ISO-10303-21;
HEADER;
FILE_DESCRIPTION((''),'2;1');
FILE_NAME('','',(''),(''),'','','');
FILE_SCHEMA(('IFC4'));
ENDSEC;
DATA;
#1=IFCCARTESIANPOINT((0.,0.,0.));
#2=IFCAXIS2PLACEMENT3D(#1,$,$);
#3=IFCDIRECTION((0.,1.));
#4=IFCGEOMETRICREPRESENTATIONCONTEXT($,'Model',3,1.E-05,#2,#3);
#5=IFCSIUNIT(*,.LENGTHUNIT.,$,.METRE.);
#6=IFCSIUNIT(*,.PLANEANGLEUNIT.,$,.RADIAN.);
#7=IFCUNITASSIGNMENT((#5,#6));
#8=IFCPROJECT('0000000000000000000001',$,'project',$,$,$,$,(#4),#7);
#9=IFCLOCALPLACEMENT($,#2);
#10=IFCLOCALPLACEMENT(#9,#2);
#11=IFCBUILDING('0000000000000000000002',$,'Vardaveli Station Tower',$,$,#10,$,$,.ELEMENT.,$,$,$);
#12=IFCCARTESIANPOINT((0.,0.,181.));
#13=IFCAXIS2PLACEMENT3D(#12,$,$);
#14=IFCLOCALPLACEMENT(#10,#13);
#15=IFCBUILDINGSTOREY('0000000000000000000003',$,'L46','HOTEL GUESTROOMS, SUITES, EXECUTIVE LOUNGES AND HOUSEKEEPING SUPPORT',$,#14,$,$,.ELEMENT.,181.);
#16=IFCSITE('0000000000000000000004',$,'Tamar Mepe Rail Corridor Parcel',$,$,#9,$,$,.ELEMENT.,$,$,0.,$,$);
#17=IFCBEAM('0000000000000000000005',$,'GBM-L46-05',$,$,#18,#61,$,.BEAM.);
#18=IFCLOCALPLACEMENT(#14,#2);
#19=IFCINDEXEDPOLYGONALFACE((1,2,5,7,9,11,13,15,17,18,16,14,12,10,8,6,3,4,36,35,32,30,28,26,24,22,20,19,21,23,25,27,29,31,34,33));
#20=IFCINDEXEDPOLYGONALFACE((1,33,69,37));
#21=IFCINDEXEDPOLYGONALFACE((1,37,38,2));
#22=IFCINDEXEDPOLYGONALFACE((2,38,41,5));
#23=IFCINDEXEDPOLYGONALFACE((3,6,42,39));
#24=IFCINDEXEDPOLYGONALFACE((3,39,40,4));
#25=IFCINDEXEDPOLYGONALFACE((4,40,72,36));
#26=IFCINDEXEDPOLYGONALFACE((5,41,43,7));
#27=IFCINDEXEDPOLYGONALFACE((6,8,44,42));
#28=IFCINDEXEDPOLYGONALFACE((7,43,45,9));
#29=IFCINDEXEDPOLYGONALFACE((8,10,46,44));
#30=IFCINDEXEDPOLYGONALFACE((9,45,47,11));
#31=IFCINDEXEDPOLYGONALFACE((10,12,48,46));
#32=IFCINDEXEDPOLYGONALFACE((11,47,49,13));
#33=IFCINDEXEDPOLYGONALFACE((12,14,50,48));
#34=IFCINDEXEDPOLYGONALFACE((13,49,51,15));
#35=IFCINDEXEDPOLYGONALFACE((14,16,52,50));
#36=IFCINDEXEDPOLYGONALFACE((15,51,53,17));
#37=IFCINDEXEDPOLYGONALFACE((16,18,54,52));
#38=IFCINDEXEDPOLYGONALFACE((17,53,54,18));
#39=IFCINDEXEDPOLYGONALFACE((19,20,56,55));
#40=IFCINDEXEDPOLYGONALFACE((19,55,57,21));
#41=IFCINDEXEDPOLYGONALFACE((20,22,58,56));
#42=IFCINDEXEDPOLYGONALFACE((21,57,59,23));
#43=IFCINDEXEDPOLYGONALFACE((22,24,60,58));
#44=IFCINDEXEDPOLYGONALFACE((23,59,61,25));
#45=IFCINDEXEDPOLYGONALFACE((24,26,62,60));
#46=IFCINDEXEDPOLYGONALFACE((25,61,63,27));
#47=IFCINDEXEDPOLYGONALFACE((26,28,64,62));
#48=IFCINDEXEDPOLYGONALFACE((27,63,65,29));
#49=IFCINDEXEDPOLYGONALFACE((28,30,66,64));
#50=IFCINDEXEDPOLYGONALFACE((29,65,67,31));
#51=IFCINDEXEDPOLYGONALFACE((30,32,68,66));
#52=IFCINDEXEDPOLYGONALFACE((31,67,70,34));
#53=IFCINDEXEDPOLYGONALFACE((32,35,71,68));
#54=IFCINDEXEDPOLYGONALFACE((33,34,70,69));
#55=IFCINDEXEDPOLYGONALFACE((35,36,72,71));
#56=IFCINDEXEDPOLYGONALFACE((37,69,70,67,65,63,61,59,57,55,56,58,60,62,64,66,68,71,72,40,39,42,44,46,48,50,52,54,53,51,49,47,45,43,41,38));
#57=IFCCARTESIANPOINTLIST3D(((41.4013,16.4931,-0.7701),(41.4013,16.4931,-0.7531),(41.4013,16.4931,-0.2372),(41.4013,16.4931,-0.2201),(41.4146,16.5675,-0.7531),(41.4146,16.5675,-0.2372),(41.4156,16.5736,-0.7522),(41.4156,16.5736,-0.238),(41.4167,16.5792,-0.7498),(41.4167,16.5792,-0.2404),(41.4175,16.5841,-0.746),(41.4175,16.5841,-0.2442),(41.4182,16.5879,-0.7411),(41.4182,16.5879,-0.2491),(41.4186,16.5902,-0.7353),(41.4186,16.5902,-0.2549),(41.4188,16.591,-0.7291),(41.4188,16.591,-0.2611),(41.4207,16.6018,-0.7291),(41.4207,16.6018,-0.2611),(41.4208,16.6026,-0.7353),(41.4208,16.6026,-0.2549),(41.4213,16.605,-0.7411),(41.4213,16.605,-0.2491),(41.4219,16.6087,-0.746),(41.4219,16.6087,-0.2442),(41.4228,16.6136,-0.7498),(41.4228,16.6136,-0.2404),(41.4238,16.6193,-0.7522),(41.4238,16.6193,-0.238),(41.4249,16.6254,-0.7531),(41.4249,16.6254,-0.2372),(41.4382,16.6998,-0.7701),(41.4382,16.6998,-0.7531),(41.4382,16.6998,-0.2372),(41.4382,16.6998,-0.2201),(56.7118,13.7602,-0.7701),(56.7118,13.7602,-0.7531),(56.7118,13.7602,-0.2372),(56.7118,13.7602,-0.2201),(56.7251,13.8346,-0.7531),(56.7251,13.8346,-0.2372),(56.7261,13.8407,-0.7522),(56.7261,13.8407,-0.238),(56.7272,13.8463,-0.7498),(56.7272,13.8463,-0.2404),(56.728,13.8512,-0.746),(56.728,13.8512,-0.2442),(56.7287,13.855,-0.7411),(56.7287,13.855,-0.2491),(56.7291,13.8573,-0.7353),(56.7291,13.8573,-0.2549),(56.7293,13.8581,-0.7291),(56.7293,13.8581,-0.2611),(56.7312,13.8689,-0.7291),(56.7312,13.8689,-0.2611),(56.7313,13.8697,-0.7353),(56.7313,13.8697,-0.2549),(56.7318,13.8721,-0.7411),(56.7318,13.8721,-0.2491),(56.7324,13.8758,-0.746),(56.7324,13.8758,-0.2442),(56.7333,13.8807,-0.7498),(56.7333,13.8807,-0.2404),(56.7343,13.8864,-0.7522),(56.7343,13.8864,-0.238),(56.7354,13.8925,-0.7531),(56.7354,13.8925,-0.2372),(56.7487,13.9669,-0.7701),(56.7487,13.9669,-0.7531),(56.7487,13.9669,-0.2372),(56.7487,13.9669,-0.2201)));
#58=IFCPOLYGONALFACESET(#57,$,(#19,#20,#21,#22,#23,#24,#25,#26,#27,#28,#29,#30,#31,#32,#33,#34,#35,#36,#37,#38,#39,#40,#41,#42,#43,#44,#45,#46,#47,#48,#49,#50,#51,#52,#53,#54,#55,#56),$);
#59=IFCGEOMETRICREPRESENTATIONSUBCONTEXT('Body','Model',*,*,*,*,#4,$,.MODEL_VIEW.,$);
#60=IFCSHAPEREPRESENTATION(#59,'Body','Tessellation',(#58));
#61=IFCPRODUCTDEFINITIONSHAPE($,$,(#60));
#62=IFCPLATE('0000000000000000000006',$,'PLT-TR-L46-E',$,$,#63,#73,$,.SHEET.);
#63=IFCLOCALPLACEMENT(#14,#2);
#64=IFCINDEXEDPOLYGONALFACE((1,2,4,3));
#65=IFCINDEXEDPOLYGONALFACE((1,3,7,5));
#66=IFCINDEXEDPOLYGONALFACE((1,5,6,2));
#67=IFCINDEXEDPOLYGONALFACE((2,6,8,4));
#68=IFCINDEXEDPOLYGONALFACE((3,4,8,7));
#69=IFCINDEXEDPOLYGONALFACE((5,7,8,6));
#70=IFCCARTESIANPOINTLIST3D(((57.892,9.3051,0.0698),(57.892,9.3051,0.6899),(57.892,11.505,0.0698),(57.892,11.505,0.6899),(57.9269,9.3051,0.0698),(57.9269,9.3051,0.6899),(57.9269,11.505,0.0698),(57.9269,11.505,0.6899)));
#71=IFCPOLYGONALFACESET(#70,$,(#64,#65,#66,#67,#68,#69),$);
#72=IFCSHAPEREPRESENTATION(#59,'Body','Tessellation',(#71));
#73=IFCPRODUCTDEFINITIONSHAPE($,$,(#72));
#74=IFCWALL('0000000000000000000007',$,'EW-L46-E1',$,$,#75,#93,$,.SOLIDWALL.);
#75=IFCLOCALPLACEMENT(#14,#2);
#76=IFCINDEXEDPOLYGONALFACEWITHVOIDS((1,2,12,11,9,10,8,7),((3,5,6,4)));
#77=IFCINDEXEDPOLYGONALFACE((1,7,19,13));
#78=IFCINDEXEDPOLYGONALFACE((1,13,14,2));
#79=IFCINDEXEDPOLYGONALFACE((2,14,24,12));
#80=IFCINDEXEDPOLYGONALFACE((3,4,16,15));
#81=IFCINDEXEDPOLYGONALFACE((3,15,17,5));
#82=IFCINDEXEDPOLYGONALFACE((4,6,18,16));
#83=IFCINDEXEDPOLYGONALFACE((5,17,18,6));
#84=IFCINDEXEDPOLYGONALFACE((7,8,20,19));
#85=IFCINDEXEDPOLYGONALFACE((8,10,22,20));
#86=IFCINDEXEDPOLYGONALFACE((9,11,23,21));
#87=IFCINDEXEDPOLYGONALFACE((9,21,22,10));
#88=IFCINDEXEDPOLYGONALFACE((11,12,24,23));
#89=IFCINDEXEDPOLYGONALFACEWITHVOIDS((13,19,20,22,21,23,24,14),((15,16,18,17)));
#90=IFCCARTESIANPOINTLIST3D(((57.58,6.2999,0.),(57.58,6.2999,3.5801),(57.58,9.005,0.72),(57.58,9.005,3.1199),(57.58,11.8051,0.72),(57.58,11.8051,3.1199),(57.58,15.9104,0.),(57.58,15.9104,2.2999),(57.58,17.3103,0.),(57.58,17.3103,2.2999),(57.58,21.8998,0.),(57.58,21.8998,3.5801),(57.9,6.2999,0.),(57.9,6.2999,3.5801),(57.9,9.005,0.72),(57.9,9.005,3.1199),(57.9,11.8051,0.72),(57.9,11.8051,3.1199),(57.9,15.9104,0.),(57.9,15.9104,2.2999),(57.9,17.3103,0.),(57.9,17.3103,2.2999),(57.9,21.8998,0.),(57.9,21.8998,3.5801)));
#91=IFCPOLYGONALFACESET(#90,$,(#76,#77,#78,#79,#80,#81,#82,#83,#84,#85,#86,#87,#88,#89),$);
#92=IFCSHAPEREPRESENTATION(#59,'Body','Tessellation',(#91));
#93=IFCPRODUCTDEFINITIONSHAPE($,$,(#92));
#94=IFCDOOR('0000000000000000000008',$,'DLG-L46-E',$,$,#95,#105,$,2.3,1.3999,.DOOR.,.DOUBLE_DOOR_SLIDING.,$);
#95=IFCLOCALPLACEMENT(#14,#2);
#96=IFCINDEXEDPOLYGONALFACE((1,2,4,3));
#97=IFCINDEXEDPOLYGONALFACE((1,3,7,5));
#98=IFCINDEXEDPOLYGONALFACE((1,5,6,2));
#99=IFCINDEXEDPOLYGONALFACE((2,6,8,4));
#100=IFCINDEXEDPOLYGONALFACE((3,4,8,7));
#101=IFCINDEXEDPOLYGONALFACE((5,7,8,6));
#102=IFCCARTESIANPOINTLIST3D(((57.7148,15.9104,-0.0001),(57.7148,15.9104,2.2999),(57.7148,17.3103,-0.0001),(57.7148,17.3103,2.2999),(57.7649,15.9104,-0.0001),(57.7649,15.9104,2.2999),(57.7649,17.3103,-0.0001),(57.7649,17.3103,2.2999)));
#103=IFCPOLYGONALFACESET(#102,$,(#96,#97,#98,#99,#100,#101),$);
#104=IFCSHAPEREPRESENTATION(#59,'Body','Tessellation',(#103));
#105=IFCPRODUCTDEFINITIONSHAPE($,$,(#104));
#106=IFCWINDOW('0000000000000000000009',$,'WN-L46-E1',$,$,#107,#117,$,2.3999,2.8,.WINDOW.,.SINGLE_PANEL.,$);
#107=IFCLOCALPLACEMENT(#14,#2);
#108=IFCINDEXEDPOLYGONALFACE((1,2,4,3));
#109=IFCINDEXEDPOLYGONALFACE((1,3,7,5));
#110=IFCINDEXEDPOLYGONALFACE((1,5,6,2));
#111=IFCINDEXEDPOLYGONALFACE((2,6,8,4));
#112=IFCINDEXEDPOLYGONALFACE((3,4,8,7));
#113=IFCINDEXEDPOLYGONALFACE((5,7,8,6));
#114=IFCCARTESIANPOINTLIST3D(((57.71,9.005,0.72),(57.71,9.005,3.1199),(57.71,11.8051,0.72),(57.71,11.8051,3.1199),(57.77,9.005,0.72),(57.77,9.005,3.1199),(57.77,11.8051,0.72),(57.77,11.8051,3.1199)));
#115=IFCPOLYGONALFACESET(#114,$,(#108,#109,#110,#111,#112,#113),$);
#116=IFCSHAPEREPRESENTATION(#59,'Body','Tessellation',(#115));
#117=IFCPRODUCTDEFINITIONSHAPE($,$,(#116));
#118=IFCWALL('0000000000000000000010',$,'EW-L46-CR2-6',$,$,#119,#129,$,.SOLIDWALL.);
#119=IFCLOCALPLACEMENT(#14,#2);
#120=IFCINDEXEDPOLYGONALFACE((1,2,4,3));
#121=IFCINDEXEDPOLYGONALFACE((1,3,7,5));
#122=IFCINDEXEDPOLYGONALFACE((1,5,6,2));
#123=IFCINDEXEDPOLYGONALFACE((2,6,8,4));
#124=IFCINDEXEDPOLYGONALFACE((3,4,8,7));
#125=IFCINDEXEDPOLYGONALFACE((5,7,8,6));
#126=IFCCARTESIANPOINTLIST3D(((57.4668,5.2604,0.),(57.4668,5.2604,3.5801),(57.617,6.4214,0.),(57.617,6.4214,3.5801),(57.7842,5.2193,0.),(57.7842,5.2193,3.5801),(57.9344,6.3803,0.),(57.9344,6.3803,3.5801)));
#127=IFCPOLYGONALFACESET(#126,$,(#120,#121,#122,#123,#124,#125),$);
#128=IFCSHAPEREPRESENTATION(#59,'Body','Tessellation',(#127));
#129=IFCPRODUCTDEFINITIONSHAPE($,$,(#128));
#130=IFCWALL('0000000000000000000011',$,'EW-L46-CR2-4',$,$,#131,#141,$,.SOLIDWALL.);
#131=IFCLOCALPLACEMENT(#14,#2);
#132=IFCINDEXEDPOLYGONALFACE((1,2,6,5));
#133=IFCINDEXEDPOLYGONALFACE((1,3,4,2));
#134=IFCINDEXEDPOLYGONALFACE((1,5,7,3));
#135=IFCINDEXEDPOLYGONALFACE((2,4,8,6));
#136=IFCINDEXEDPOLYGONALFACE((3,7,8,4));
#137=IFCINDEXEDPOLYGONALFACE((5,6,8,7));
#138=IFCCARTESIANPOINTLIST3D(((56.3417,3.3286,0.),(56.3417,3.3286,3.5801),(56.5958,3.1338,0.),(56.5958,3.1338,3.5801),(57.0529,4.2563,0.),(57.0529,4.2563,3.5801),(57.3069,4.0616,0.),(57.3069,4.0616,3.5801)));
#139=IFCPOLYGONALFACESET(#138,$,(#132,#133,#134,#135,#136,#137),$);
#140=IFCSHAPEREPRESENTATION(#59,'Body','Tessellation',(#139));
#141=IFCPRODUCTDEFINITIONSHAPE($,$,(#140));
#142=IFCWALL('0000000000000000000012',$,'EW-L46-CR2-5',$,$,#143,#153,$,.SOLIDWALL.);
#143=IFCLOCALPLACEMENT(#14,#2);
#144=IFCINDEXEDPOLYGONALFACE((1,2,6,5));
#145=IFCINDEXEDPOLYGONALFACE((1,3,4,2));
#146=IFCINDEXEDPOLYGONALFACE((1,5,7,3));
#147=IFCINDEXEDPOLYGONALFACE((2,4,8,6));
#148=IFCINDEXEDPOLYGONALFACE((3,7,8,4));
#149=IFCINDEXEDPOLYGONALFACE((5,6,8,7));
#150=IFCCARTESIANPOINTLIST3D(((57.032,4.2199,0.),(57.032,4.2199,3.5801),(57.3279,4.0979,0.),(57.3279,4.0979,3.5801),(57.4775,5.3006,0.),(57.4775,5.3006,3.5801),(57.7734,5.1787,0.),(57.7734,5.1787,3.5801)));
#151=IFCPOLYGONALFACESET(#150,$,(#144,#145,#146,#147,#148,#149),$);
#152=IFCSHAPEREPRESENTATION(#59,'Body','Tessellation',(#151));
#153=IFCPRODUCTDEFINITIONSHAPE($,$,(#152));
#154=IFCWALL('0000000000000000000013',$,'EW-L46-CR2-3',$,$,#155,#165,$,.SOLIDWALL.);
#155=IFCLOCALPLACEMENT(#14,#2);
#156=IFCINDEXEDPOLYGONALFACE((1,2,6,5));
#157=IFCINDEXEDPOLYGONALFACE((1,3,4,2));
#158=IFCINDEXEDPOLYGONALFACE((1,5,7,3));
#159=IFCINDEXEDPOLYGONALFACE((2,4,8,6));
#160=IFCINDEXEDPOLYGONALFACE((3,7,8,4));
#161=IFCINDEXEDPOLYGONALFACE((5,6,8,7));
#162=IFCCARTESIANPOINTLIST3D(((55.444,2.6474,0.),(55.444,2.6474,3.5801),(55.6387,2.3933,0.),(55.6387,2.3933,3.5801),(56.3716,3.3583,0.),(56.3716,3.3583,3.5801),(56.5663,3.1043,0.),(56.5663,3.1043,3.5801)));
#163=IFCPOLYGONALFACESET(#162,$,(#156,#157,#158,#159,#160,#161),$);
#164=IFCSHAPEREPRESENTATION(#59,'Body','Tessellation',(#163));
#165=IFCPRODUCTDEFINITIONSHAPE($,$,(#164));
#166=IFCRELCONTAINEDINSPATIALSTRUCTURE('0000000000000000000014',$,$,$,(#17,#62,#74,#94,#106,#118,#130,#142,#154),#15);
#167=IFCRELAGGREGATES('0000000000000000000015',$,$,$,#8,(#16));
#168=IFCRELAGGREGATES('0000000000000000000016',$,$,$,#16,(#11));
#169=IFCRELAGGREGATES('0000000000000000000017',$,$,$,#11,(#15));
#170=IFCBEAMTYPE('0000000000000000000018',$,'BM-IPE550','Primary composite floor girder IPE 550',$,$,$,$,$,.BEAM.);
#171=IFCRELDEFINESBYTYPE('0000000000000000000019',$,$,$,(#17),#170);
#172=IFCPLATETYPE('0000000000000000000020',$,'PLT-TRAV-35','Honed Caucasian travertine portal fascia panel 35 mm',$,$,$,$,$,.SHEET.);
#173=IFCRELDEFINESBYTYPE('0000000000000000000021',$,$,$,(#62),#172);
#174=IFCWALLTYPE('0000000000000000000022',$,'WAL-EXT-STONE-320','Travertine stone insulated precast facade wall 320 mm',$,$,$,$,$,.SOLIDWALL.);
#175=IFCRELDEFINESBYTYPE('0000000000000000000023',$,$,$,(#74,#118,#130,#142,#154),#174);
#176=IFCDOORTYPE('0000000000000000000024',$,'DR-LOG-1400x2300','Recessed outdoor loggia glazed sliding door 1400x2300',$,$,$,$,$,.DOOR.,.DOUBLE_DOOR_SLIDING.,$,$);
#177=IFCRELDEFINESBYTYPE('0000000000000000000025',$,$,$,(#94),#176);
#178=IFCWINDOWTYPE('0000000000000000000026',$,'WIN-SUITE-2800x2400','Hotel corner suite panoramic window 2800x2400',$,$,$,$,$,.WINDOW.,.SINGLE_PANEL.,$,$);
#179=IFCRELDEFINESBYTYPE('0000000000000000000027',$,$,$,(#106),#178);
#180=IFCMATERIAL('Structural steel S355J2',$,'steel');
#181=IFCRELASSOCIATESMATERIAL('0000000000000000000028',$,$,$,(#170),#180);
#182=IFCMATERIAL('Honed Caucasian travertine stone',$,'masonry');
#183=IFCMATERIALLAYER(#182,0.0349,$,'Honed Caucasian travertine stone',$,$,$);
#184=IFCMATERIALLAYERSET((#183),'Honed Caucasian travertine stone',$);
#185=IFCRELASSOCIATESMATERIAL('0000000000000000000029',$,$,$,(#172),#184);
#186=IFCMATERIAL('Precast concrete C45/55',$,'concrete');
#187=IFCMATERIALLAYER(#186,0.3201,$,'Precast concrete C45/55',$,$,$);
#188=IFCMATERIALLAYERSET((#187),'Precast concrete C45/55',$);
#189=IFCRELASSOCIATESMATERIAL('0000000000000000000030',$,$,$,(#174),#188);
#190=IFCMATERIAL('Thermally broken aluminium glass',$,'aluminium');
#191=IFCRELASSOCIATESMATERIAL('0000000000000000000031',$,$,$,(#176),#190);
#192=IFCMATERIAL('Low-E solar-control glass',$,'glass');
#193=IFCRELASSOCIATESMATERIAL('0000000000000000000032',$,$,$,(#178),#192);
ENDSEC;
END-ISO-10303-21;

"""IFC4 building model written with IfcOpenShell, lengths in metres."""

from ifc_helpers import new_model, si_unit, direction, frame, frame_2d, origin, origin_2d, place, context, subcontext, project, spatial, rectangle, i_section, extrude, source, transform, mapped, material, layer, layer_set, material_profile, profile_set, type_object, element, fill, save


model = new_model("IFC4")

# Units and contexts
model_context = context("Model", 3, precision=1e-05, world=origin(), true_north=direction((0.0, 1.0)))
body_context = subcontext(model_context, "Body", "Model", "MODEL_VIEW")
ifc_project = project(units=[si_unit("LENGTHUNIT", "METRE"), si_unit("PLANEANGLEUNIT", "RADIAN")], contexts=[model_context])

# Site, building, storey
site_placement = place(None, origin())
site = spatial("IfcSite", under=ifc_project, at=site_placement, Name="Tamar Mepe Rail Corridor Parcel", CompositionType="ELEMENT", RefElevation=0.0)
building_placement = place(site_placement, origin())
building = spatial("IfcBuilding", under=site, at=building_placement, Name="Vardaveli Station Tower", CompositionType="ELEMENT")
storey_placement = place(building_placement, frame((0.0, 0.0, 181.0)))
storey = spatial("IfcBuildingStorey", under=building, at=storey_placement, Name="L46", Description="HOTEL GUESTROOMS, SUITES, EXECUTIVE LOUNGES AND HOUSEKEEPING SUPPORT", CompositionType="ELEMENT", Elevation=181.0)

# Beam
ifc_material_1 = material(Name="Precast concrete C45/55", Category="concrete")
ifc_material_2 = material(Name="Structural steel S355J2", Category="steel")
ifc_material_profile_1 = material_profile(ifc_material_2, i_section(OverallWidth=0.21, OverallDepth=0.55, WebThickness=0.011, FlangeThickness=0.0171, FilletRadius=0.0239, at=origin_2d()), Name="IPE 550")
ifc_profile_set_1 = profile_set([ifc_material_profile_1], Name="Structural steel S355J2")
beam_type_1 = type_object("IfcBeamType", Name="BM-IPE550", Description="Primary composite floor girder IPE 550", PredefinedType="BEAM", material=ifc_profile_set_1)
shared_shape_1 = source(origin(), body_context, "Body", "SweptSolid", [
    extrude(i_section(OverallWidth=0.21, OverallDepth=0.55, WebThickness=0.011, FlangeThickness=0.0171, FilletRadius=0.0239, at=origin_2d()), origin(), (0.0, 0.0, 1.0), 15.5525),
])
beam_1_placement = place(storey_placement, frame((56.7302, 13.8635, -0.4951), z_axis=(-0.98444, 0.175721, 0.0), x_axis=(-0.175721, -0.98444, 0.0)))
element("IfcBeam", 1, at=beam_1_placement, inside=storey, type_object=beam_type_1, Name="GBM-L46-05", PredefinedType="BEAM", context=body_context, shape_type="MappedRepresentation", body=[
    mapped(shared_shape_1, transform((0.0, 0.0, 0.0), scale=1.0)),
])

# Plate
ifc_material_3 = material(Name="Honed Caucasian travertine stone", Category="masonry")
ifc_layer_1 = layer(ifc_material_3, 0.0349, Name="Honed Caucasian travertine stone")
ifc_layer_set_1 = layer_set([ifc_layer_1], Name="Honed Caucasian travertine stone")
plate_type = type_object("IfcPlateType", Name="PLT-TRAV-35", Description="Honed Caucasian travertine portal fascia panel 35 mm", PredefinedType="SHEET", material=ifc_layer_set_1)
shared_shape_2 = source(origin(), body_context, "Body", "SweptSolid", [
    extrude(rectangle(XDim=2.2, YDim=0.0349, at=origin_2d()), origin(), (0.0, 0.0, 1.0), 0.6201),
])
plate_placement = place(storey_placement, frame((57.9094, 10.405, 0.0698), z_axis=(0.0, 0.0, 1.0), x_axis=(0.0, 1.0, 0.0)))
element("IfcPlate", 2, at=plate_placement, inside=storey, type_object=plate_type, Name="PLT-TR-L46-E", PredefinedType="SHEET", context=body_context, shape_type="MappedRepresentation", body=[
    mapped(shared_shape_2, transform((0.0, 0.0, 0.0), scale=1.0)),
])

# Wall, openings, door, window
ifc_layer_2 = layer(ifc_material_1, 0.3201, Name="Precast concrete C45/55")
ifc_layer_set_2 = layer_set([ifc_layer_2], Name="Precast concrete C45/55")
wall_type_1 = type_object("IfcWallType", Name="WAL-EXT-STONE-320", Description="Travertine stone insulated precast facade wall 320 mm", PredefinedType="SOLIDWALL", material=ifc_layer_set_2)
shared_shape_3 = source(origin(), body_context, "Body", "SweptSolid", [
    extrude(rectangle(XDim=15.5999, YDim=0.3201, at=frame_2d((7.7998, 0.0))), origin(), (0.0, 0.0, 1.0), 3.5801),
])
wall_1_placement = place(storey_placement, frame((57.74, 6.3, 0.0), z_axis=(0.0, 0.0, 1.0), x_axis=(0.0, 1.0, 0.0)))
wall_1 = element("IfcWall", 3, at=wall_1_placement, inside=storey, type_object=wall_type_1, Name="EW-L46-E1", PredefinedType="SOLIDWALL", context=body_context, shape_type="MappedRepresentation", body=[
    mapped(shared_shape_3, transform((0.0, 0.0, 0.0), scale=1.0)),
])
shared_shape_4 = source(origin(), body_context, "Body", "SweptSolid", [
    extrude(rectangle(XDim=1.3999, YDim=2.3, at=frame_2d((0.7, 1.1499))), frame((0.0, 0.1699, 0.0), z_axis=(0.0, -1.0, 0.0), x_axis=(1.0, 0.0, 0.0)), (0.0, 0.0, 1.0), 0.3401),
])
opening_1_placement = place(wall_1_placement, frame((9.6104, 0.0, 0.0)))
opening_1 = element("IfcOpeningElement", 4, at=opening_1_placement, cuts=wall_1, PredefinedType="OPENING", context=body_context, shape_type="MappedRepresentation", body=[
    mapped(shared_shape_4, transform((0.0, 0.0, 0.0), scale=1.0)),
])
shared_shape_5 = source(origin(), body_context, "Body", "SweptSolid", [
    extrude(rectangle(XDim=2.8, YDim=2.3999, at=frame_2d((1.3999, 1.2))), frame((0.0, 0.1699, 0.0), z_axis=(0.0, -1.0, 0.0), x_axis=(1.0, 0.0, 0.0)), (0.0, 0.0, 1.0), 0.3401),
])
opening_2_placement = place(wall_1_placement, frame((2.7051, 0.0, 0.72)))
opening_2 = element("IfcOpeningElement", 5, at=opening_2_placement, cuts=wall_1, PredefinedType="OPENING", context=body_context, shape_type="MappedRepresentation", body=[
    mapped(shared_shape_5, transform((0.0, 0.0, 0.0), scale=1.0)),
])
ifc_material_4 = material(Name="Thermally broken aluminium glass", Category="aluminium")
door_type_1 = type_object("IfcDoorType", Name="DR-LOG-1400x2300", Description="Recessed outdoor loggia glazed sliding door 1400x2300", OperationType="DOUBLE_DOOR_SLIDING", PredefinedType="DOOR", material=ifc_material_4)
shared_shape_6 = source(origin(), body_context, "Body", "SweptSolid", [
    extrude(rectangle(XDim=1.3999, YDim=2.3, at=frame_2d((0.7, 1.1499))), frame((0.0, 0.0249, 0.0), z_axis=(0.0, -1.0, 0.0), x_axis=(1.0, 0.0, 0.0)), (0.0, 0.0, 1.0), 0.05),
])
door_1_placement = place(opening_1_placement, frame((1.3999, 0.0, 0.0), z_axis=(0.0, 0.0, 1.0), x_axis=(-1.0, 0.0, 0.0)))
door_1 = element("IfcDoor", 6, at=door_1_placement, inside=storey, type_object=door_type_1, Name="DLG-L46-E", OperationType="DOUBLE_DOOR_SLIDING", OverallHeight=2.3, OverallWidth=1.3999, PredefinedType="DOOR", context=body_context, shape_type="MappedRepresentation", body=[
    mapped(shared_shape_6, transform((0.0, 0.0, 0.0), scale=1.0)),
])
fill(opening_1, door_1)
ifc_material_5 = material(Name="Low-E solar-control glass", Category="glass")
window_type = type_object("IfcWindowType", Name="WIN-SUITE-2800x2400", Description="Hotel corner suite panoramic window 2800x2400", PartitioningType="SINGLE_PANEL", PredefinedType="WINDOW", material=ifc_material_5)
shared_shape_7 = source(origin(), body_context, "Body", "SweptSolid", [
    extrude(rectangle(XDim=2.8, YDim=2.3999, at=frame_2d((1.3999, 1.2))), frame((0.0, 0.03, 0.0), z_axis=(0.0, -1.0, 0.0), x_axis=(1.0, 0.0, 0.0)), (0.0, 0.0, 1.0), 0.0601),
])
window_placement = place(opening_2_placement, origin())
window = element("IfcWindow", 7, at=window_placement, inside=storey, type_object=window_type, Name="WN-L46-E1", OverallHeight=2.3999, OverallWidth=2.8, PartitioningType="SINGLE_PANEL", PredefinedType="WINDOW", context=body_context, shape_type="MappedRepresentation", body=[
    mapped(shared_shape_7, transform((0.0, 0.0, 0.0), scale=1.0)),
])
fill(opening_2, window)

# Walls
shared_shape_8 = source(origin(), body_context, "Body", "SweptSolid", [
    extrude(rectangle(XDim=1.1707, YDim=0.3201, at=frame_2d((0.5854, 0.0))), origin(), (0.0, 0.0, 1.0), 3.5801),
])
wall_2_placement = place(storey_placement, frame((57.6255, 5.2397, 0.0), z_axis=(0.0, 0.0, 1.0), x_axis=(0.128269, 0.991739, 0.0)))
element("IfcWall", 8, at=wall_2_placement, inside=storey, type_object=wall_type_1, Name="EW-L46-CR2-6", PredefinedType="SOLIDWALL", context=body_context, shape_type="MappedRepresentation", body=[
    mapped(shared_shape_8, transform((0.0, 0.0, 0.0), scale=1.0)),
])
shared_shape_9 = source(origin(), body_context, "Body", "SweptSolid", [
    extrude(rectangle(XDim=1.1689, YDim=0.3201, at=frame_2d((0.5845, 0.0))), origin(), (0.0, 0.0, 1.0), 3.5801),
])
for number, where, z_axis, x_axis, name in (
    (9, (56.4688, 3.2312, 0.0), (0.0, 0.0, 1.0), (0.608388, 0.79364, 0.0), "EW-L46-CR2-4"),
    (10, (57.1799, 4.1589, 0.0), (0.0, 0.0, 1.0), (0.381128, 0.924522, 0.0), "EW-L46-CR2-5"),
):
    element("IfcWall", number, at=place(storey_placement, frame(where, z_axis=z_axis, x_axis=x_axis)), inside=storey, type_object=wall_type_1, Name=name, PredefinedType="SOLIDWALL", context=body_context, shape_type="MappedRepresentation", body=[
        mapped(shared_shape_9, transform((0.0, 0.0, 0.0), scale=1.0)),
    ])
shared_shape_10 = source(origin(), body_context, "Body", "SweptSolid", [
    extrude(rectangle(XDim=1.1687, YDim=0.3201, at=frame_2d((0.5845, 0.0))), origin(), (0.0, 0.0, 1.0), 3.5801),
])
wall_3_placement = place(storey_placement, frame((55.5413, 2.5203, 0.0), z_axis=(0.0, 0.0, 1.0), x_axis=(0.793664, 0.608357, 0.0)))
element("IfcWall", 11, at=wall_3_placement, inside=storey, type_object=wall_type_1, Name="EW-L46-CR2-3", PredefinedType="SOLIDWALL", context=body_context, shape_type="MappedRepresentation", body=[
    mapped(shared_shape_10, transform((0.0, 0.0, 0.0), scale=1.0)),
])

save(model, "model.ifc")
